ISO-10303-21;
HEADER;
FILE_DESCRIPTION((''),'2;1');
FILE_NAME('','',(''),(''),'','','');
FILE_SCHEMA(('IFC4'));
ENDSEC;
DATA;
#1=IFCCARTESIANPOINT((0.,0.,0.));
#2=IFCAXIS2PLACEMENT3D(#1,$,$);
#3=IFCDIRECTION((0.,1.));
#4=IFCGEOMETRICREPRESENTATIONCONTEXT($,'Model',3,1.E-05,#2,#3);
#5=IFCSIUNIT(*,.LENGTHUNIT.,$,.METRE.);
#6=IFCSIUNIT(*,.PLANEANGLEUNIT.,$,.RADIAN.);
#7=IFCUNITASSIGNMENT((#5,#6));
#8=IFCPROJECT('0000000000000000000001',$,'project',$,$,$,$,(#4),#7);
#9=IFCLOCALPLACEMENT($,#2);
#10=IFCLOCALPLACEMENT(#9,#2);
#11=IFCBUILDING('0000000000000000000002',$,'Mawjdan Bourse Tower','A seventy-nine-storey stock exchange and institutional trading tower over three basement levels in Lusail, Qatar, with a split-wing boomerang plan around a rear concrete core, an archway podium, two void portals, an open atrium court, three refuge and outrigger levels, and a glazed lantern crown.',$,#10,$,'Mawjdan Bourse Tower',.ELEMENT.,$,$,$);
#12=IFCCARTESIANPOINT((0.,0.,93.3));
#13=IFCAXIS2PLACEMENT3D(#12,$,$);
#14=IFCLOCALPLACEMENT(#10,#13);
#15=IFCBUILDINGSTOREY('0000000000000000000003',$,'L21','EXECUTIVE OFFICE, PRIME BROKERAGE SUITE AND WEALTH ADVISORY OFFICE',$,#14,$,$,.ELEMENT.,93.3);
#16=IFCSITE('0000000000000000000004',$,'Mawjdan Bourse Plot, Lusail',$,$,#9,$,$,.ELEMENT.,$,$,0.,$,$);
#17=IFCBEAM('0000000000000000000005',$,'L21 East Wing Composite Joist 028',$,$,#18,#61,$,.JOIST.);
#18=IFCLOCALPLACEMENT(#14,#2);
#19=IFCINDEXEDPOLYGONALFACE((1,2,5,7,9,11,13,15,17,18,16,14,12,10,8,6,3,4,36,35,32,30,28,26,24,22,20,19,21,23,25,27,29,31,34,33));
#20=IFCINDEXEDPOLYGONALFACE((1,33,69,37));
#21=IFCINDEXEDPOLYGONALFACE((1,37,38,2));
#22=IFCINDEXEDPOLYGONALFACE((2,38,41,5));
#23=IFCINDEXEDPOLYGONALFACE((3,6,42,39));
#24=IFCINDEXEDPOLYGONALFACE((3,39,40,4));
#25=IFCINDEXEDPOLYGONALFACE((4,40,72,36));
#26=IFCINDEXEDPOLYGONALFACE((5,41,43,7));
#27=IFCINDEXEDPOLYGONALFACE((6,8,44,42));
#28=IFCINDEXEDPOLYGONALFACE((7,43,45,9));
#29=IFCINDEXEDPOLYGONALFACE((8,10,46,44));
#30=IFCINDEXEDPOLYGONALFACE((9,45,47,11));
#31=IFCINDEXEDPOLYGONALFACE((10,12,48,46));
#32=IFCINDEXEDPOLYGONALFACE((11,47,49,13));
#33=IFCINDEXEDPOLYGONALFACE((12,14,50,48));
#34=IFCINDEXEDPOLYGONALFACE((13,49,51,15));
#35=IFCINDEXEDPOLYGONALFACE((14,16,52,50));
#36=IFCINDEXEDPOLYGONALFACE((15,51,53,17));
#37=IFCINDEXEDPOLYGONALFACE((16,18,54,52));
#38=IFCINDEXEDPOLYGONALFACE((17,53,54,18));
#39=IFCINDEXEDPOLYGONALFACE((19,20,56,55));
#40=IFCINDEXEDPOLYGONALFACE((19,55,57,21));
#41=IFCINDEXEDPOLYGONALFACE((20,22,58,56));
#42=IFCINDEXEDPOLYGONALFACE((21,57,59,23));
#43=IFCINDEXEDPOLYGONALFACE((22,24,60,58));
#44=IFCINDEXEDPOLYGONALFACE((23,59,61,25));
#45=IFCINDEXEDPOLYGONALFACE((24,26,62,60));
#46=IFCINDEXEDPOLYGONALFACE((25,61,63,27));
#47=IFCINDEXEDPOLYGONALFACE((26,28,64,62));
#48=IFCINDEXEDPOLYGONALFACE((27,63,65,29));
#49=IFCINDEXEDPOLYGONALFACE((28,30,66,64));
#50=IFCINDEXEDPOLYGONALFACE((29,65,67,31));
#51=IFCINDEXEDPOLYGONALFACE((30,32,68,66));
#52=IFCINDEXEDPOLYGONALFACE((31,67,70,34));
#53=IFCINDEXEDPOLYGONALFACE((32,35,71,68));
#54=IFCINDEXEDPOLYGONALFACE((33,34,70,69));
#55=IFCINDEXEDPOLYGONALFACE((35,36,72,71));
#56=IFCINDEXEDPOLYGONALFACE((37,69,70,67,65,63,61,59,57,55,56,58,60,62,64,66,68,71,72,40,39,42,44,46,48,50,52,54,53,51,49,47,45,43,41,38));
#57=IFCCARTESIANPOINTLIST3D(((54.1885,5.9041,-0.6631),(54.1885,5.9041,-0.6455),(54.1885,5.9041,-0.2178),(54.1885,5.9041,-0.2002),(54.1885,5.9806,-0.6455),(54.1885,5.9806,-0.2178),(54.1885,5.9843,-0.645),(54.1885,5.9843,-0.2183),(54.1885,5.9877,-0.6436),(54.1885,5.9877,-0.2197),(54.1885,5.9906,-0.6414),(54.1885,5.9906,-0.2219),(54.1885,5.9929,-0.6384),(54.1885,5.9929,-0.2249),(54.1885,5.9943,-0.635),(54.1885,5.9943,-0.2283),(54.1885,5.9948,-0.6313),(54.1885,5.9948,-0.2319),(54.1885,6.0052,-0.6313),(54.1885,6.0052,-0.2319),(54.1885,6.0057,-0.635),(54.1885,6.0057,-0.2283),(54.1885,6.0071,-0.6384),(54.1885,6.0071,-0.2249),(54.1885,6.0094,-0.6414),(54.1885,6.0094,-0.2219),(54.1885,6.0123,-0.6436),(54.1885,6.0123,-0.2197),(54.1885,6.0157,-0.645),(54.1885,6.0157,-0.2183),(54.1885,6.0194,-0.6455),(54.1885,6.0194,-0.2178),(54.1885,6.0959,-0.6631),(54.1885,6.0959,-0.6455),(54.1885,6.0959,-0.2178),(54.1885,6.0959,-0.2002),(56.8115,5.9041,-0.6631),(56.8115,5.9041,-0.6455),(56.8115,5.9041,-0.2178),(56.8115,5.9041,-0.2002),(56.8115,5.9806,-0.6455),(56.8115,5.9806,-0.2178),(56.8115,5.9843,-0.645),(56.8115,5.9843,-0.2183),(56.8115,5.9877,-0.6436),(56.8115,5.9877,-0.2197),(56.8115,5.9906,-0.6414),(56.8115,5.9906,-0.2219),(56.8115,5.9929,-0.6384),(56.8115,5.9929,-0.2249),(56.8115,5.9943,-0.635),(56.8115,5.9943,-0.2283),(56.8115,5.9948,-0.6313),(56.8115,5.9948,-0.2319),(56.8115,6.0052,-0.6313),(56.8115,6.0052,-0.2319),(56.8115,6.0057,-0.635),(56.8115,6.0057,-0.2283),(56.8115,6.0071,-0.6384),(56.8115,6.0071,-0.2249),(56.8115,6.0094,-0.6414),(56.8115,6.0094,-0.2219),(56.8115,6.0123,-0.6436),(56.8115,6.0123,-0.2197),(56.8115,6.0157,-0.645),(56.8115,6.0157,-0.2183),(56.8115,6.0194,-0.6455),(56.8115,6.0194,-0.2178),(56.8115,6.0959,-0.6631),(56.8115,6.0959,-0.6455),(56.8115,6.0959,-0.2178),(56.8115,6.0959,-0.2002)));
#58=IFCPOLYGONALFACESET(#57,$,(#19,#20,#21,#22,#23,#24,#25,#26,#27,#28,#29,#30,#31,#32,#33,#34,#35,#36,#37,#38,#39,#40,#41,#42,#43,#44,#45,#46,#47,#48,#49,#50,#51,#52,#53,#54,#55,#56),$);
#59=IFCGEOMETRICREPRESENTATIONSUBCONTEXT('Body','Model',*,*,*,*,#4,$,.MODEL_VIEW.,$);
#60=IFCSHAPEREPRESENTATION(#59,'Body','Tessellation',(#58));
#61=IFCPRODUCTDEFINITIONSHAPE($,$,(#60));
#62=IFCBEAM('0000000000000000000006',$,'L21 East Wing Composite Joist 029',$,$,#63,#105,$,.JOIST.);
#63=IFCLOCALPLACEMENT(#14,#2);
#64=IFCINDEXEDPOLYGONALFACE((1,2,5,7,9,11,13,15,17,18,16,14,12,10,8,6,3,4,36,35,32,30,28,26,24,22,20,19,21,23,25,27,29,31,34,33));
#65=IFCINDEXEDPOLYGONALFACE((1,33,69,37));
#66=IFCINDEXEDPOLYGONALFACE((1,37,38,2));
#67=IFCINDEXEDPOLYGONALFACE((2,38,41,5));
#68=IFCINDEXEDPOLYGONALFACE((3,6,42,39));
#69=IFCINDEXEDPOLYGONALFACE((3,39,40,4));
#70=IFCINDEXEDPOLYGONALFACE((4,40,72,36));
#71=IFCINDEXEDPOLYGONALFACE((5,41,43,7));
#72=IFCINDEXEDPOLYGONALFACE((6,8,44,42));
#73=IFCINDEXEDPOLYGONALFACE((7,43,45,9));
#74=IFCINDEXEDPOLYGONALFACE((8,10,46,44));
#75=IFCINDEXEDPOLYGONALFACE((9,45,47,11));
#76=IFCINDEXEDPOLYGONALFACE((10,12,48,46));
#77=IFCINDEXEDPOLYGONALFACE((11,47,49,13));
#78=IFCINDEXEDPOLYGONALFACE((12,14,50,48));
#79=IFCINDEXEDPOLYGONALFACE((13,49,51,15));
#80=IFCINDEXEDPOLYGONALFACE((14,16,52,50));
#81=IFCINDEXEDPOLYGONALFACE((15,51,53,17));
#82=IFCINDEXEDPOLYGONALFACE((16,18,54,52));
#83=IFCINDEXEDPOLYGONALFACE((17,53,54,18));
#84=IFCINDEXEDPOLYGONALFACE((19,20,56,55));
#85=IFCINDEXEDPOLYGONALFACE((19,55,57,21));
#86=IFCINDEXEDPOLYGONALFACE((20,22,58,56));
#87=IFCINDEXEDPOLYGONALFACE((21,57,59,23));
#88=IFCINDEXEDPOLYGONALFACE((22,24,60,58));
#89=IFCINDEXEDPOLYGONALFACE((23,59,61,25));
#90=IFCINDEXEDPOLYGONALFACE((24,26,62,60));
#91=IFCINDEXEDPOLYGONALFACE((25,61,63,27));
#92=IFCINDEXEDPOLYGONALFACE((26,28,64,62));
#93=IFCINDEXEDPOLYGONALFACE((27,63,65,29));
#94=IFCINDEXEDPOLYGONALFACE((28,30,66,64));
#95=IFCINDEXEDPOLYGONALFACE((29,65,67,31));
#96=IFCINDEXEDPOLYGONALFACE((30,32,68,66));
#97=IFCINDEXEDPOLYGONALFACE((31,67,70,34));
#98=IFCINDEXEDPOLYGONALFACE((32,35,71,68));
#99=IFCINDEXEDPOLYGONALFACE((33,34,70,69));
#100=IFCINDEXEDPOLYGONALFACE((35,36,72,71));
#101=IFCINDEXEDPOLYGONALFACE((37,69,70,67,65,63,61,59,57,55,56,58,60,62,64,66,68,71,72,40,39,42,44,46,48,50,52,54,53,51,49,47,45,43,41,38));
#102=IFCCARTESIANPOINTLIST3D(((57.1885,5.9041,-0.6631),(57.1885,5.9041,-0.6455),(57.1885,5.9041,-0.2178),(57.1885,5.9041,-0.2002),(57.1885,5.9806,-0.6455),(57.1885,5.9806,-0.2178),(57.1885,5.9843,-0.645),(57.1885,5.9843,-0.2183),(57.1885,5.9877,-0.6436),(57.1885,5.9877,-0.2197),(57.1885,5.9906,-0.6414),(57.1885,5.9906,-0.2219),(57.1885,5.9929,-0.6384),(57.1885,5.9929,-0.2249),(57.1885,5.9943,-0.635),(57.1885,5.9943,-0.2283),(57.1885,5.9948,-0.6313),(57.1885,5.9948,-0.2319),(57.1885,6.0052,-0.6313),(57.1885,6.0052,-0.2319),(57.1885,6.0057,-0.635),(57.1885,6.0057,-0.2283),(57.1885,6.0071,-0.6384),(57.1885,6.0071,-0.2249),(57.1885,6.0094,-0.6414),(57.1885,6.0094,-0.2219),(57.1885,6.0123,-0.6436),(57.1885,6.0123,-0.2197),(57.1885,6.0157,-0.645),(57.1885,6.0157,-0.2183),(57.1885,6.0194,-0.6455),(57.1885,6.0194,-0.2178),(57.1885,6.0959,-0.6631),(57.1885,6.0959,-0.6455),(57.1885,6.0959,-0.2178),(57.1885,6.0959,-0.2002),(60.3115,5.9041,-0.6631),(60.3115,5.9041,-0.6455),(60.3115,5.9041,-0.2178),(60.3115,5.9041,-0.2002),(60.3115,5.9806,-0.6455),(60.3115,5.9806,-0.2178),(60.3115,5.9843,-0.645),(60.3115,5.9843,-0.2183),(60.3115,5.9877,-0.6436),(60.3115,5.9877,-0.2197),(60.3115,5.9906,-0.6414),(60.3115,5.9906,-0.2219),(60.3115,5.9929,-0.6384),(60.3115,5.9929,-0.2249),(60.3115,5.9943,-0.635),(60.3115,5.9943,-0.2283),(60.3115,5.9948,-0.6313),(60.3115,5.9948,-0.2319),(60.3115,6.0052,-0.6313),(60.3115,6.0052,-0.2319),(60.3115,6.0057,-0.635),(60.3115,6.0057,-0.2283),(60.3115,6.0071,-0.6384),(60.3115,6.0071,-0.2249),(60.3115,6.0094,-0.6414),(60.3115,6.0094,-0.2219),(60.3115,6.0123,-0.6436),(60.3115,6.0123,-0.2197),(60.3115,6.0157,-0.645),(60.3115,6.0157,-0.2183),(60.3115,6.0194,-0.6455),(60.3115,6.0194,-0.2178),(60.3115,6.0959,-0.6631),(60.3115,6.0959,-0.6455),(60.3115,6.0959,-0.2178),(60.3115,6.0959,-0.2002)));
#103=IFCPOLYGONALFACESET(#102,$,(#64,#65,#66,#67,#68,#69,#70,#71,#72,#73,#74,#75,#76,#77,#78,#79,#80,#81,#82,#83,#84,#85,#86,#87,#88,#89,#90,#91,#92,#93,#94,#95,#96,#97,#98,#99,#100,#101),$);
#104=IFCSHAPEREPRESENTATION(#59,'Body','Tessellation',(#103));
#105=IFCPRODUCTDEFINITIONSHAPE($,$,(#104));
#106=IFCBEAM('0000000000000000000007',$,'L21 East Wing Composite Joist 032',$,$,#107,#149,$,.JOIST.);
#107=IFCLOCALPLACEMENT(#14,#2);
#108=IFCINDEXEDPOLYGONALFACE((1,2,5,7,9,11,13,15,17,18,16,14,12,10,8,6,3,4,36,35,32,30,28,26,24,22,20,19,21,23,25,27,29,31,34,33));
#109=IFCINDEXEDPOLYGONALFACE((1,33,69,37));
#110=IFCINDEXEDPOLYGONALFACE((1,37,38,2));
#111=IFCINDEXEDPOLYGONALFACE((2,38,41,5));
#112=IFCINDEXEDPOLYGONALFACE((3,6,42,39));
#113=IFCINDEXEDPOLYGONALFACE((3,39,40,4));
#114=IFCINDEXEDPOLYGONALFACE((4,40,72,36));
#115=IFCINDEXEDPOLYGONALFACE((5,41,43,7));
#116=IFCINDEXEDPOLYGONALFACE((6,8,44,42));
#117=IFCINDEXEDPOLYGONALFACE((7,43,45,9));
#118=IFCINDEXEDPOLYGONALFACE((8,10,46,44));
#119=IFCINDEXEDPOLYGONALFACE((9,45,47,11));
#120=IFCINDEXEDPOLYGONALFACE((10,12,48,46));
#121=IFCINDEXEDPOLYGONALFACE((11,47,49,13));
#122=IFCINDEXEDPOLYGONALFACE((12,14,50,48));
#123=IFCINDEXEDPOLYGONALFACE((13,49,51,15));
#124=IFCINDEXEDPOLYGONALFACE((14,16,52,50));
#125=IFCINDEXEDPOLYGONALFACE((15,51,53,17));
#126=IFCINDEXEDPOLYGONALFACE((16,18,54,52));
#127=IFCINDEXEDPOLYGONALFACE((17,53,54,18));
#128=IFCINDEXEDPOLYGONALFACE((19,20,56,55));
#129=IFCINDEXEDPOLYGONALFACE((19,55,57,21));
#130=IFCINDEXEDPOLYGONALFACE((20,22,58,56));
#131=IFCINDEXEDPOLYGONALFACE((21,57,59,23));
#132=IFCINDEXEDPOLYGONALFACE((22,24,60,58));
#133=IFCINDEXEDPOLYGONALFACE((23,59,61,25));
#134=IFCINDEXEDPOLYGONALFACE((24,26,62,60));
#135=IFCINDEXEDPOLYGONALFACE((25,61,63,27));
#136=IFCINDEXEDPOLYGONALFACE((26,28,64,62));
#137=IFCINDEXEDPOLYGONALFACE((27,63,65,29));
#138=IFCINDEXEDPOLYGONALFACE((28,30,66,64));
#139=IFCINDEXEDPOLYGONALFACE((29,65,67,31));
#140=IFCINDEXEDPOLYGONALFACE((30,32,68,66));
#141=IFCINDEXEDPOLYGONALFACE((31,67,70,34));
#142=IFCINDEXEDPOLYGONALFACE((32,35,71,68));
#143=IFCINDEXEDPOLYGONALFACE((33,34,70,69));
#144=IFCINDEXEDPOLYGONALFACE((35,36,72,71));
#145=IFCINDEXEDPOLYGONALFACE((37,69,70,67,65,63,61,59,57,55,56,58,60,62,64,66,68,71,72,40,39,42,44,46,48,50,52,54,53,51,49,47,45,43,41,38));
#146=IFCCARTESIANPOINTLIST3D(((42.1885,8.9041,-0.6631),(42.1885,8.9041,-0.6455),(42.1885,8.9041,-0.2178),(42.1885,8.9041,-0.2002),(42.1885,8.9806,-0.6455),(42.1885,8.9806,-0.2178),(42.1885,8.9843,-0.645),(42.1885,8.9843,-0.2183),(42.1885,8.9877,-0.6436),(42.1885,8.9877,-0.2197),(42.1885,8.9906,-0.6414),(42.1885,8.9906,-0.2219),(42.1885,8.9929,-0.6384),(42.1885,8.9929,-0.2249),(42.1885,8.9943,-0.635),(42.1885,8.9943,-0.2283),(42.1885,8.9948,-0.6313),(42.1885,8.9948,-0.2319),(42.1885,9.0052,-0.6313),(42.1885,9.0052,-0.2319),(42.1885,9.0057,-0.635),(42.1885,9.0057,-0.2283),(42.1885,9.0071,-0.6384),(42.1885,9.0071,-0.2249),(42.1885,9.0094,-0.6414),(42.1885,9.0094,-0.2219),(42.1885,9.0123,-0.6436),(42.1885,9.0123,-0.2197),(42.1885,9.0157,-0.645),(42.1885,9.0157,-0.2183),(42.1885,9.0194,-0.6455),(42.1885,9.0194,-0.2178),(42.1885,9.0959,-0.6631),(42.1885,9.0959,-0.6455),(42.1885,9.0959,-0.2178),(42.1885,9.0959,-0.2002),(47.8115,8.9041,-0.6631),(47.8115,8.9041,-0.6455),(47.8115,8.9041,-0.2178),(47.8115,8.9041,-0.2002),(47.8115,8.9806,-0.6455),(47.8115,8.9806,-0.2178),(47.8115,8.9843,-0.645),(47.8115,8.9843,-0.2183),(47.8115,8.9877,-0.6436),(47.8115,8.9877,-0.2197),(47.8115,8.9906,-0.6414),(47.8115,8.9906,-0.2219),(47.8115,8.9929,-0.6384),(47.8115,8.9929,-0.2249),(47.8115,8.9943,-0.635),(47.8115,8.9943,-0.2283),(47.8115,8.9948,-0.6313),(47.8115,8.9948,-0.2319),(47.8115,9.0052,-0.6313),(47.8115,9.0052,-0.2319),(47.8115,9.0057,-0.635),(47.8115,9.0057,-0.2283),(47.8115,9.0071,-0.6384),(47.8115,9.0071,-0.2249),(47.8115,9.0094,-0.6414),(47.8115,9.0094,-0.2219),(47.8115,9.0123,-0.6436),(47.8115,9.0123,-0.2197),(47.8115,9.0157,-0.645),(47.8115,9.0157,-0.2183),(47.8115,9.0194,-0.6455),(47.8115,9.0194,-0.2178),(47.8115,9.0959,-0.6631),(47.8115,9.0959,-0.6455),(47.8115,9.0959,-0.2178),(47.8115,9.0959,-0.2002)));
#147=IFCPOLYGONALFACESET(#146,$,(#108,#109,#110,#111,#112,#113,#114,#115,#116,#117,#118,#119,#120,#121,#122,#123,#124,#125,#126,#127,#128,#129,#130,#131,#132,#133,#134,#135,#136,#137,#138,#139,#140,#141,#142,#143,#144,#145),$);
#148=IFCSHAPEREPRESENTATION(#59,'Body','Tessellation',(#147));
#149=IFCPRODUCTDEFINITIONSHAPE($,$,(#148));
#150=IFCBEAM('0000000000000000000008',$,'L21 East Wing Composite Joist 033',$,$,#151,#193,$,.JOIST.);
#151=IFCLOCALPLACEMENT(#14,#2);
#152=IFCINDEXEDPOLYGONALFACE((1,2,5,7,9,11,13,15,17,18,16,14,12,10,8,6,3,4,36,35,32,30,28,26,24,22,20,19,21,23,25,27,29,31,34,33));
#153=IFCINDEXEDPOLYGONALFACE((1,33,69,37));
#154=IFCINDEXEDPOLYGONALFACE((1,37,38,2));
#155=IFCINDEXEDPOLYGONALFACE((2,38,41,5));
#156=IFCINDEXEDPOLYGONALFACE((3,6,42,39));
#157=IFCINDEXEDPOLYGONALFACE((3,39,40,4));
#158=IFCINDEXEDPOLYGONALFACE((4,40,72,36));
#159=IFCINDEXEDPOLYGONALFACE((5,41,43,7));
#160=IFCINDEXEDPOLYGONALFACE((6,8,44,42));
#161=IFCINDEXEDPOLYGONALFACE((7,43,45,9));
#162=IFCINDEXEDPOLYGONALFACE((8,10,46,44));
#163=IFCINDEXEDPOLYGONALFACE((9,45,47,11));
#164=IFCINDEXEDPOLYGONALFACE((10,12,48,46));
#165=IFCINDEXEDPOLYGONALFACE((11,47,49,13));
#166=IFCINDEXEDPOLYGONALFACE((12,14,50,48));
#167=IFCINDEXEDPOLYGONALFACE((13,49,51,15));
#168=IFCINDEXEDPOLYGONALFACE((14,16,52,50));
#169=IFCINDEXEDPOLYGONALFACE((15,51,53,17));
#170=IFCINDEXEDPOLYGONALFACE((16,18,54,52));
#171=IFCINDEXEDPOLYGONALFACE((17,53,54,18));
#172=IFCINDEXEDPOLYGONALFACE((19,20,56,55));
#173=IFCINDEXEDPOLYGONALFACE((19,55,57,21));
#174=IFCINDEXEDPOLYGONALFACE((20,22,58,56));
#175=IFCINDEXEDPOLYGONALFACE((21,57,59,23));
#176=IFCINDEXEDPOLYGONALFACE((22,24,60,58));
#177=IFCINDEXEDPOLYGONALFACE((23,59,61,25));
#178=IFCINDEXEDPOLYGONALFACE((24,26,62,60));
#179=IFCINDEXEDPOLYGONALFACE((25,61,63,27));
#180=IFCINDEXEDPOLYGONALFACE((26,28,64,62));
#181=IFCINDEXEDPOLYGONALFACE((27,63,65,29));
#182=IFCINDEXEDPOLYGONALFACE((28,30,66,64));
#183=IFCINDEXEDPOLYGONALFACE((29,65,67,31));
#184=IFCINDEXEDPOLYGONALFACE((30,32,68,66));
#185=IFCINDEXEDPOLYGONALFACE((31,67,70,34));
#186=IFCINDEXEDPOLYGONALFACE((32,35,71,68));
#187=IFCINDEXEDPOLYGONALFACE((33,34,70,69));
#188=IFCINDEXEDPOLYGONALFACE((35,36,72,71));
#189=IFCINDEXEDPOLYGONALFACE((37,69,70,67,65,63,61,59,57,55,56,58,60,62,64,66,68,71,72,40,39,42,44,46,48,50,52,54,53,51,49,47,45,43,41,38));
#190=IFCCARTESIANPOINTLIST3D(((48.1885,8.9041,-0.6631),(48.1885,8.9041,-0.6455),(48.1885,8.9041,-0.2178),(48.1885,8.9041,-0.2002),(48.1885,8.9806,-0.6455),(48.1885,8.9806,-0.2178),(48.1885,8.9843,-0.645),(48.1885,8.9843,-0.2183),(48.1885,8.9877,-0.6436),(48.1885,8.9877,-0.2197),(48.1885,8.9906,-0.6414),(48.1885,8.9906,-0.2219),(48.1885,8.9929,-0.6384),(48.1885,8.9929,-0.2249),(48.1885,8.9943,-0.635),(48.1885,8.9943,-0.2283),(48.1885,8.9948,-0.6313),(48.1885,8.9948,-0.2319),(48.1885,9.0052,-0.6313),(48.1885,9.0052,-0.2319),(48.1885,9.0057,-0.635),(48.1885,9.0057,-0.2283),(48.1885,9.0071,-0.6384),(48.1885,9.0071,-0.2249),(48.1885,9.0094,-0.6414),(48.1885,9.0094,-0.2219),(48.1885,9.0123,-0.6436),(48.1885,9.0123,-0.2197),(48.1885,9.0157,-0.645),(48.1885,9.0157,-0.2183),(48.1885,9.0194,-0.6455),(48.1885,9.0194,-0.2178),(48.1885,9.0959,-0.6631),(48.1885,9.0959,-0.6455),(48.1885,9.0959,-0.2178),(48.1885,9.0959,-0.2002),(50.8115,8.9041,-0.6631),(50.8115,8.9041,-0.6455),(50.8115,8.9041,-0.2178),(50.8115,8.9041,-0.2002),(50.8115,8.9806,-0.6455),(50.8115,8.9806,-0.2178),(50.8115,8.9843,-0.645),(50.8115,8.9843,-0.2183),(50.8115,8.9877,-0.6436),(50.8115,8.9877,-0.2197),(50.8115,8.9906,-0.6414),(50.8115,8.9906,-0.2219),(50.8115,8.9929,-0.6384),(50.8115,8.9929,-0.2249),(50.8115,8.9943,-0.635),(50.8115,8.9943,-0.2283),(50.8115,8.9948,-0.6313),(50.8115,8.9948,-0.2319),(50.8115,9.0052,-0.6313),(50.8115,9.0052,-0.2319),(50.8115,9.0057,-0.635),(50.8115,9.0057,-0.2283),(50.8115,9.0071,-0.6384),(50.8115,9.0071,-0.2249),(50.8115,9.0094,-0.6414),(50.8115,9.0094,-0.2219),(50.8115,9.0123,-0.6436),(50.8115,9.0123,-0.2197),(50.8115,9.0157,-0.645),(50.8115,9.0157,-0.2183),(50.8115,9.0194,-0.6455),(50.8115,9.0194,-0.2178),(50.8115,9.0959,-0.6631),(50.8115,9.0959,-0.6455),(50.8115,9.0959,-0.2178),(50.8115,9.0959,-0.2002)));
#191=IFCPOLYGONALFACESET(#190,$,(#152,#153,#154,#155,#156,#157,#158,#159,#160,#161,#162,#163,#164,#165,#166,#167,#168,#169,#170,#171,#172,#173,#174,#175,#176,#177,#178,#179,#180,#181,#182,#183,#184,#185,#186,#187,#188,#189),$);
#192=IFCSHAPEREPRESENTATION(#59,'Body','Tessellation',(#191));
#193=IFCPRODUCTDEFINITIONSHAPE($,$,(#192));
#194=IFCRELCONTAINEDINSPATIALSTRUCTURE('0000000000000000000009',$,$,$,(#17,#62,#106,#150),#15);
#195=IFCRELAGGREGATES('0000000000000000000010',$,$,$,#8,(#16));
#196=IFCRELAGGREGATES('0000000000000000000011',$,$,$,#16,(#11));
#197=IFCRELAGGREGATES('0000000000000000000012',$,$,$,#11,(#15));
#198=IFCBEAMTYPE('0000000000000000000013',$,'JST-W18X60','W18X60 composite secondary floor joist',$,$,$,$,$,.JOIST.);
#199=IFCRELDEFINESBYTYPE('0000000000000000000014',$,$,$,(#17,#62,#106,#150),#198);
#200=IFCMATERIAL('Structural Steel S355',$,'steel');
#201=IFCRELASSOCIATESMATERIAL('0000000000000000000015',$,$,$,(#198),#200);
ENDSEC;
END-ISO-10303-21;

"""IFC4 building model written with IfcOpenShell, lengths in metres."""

from ifc_helpers import new_model, si_unit, direction, frame, origin, origin_2d, place, context, subcontext, project, spatial, i_section, extrude, material, material_profile, profile_set, type_object, element, save


model = new_model("IFC4")

# Units and contexts
model_context = context("Model", 3, precision=1e-05, world=origin(), true_north=direction((0.0, 1.0)))
body_context = subcontext(model_context, "Body", "Model", "MODEL_VIEW")
ifc_project = project(units=[si_unit("LENGTHUNIT", "METRE"), si_unit("PLANEANGLEUNIT", "RADIAN")], contexts=[model_context])

# Site, building, storey
site_placement = place(None, origin())
site = spatial("IfcSite", under=ifc_project, at=site_placement, Name="Mawjdan Bourse Plot, Lusail", CompositionType="ELEMENT", RefElevation=0.0)
building_placement = place(site_placement, origin())
building = spatial("IfcBuilding", under=site, at=building_placement, Name="Mawjdan Bourse Tower", Description="A seventy-nine-storey stock exchange and institutional trading tower over three basement levels in Lusail, Qatar, with a split-wing boomerang plan around a rear concrete core, an archway podium, two void portals, an open atrium court, three refuge and outrigger levels, and a glazed lantern crown.", LongName="Mawjdan Bourse Tower", CompositionType="ELEMENT")
storey_placement = place(building_placement, frame((0.0, 0.0, 93.3)))
storey = spatial("IfcBuildingStorey", under=building, at=storey_placement, Name="L21", Description="EXECUTIVE OFFICE, PRIME BROKERAGE SUITE AND WEALTH ADVISORY OFFICE", CompositionType="ELEMENT", Elevation=93.3)

# Beams
ifc_material_1 = material(Name="Structural Steel S355", Category="steel")
ifc_material_profile_1 = material_profile(ifc_material_1, i_section(OverallWidth=0.1919, OverallDepth=0.4629, WebThickness=0.0105, FlangeThickness=0.0176, FilletRadius=0.0142, at=origin_2d()), Name="W18X60")
ifc_profile_set_1 = profile_set([ifc_material_profile_1], Name="Structural Steel S355")
beam_type_1 = type_object("IfcBeamType", Name="JST-W18X60", Description="W18X60 composite secondary floor joist", PredefinedType="JOIST", material=ifc_profile_set_1)
for number, where, z_axis, x_axis, name in (
    (1, (54.1885, 6.0, -0.4316), (1.0, 0.0, 0.0), (0.0, 1.0, 0.0), "L21 East Wing Composite Joist 028"),
):
    element("IfcBeam", number, at=place(storey_placement, frame(where, z_axis=z_axis, x_axis=x_axis)), inside=storey, type_object=beam_type_1, Name=name, PredefinedType="JOIST", context=body_context, shape_type="SweptSolid", body=[
        extrude(i_section(OverallWidth=0.1919, OverallDepth=0.4629, WebThickness=0.0105, FlangeThickness=0.0176, FilletRadius=0.0142, at=origin_2d()), origin(), (0.0, 0.0, 1.0), 2.623),
    ])
beam_1_placement = place(storey_placement, frame((57.1885, 6.0, -0.4316), z_axis=(1.0, 0.0, 0.0), x_axis=(0.0, 1.0, 0.0)))
element("IfcBeam", 2, at=beam_1_placement, inside=storey, type_object=beam_type_1, Name="L21 East Wing Composite Joist 029", PredefinedType="JOIST", context=body_context, shape_type="SweptSolid", body=[
    extrude(i_section(OverallWidth=0.1919, OverallDepth=0.4629, WebThickness=0.0105, FlangeThickness=0.0176, FilletRadius=0.0142, at=origin_2d()), origin(), (0.0, 0.0, 1.0), 3.123),
])
beam_2_placement = place(storey_placement, frame((42.1885, 9.0, -0.4316), z_axis=(1.0, 0.0, 0.0), x_axis=(0.0, 1.0, 0.0)))
element("IfcBeam", 3, at=beam_2_placement, inside=storey, type_object=beam_type_1, Name="L21 East Wing Composite Joist 032", PredefinedType="JOIST", context=body_context, shape_type="SweptSolid", body=[
    extrude(i_section(OverallWidth=0.1919, OverallDepth=0.4629, WebThickness=0.0105, FlangeThickness=0.0176, FilletRadius=0.0142, at=origin_2d()), origin(), (0.0, 0.0, 1.0), 5.623),
])
for number, where, z_axis, x_axis, name in (
    (4, (48.1885, 9.0, -0.4316), (1.0, 0.0, 0.0), (0.0, 1.0, 0.0), "L21 East Wing Composite Joist 033"),
):
    element("IfcBeam", number, at=place(storey_placement, frame(where, z_axis=z_axis, x_axis=x_axis)), inside=storey, type_object=beam_type_1, Name=name, PredefinedType="JOIST", context=body_context, shape_type="SweptSolid", body=[
        extrude(i_section(OverallWidth=0.1919, OverallDepth=0.4629, WebThickness=0.0105, FlangeThickness=0.0176, FilletRadius=0.0142, at=origin_2d()), origin(), (0.0, 0.0, 1.0), 2.623),
    ])

save(model, "model.ifc")
